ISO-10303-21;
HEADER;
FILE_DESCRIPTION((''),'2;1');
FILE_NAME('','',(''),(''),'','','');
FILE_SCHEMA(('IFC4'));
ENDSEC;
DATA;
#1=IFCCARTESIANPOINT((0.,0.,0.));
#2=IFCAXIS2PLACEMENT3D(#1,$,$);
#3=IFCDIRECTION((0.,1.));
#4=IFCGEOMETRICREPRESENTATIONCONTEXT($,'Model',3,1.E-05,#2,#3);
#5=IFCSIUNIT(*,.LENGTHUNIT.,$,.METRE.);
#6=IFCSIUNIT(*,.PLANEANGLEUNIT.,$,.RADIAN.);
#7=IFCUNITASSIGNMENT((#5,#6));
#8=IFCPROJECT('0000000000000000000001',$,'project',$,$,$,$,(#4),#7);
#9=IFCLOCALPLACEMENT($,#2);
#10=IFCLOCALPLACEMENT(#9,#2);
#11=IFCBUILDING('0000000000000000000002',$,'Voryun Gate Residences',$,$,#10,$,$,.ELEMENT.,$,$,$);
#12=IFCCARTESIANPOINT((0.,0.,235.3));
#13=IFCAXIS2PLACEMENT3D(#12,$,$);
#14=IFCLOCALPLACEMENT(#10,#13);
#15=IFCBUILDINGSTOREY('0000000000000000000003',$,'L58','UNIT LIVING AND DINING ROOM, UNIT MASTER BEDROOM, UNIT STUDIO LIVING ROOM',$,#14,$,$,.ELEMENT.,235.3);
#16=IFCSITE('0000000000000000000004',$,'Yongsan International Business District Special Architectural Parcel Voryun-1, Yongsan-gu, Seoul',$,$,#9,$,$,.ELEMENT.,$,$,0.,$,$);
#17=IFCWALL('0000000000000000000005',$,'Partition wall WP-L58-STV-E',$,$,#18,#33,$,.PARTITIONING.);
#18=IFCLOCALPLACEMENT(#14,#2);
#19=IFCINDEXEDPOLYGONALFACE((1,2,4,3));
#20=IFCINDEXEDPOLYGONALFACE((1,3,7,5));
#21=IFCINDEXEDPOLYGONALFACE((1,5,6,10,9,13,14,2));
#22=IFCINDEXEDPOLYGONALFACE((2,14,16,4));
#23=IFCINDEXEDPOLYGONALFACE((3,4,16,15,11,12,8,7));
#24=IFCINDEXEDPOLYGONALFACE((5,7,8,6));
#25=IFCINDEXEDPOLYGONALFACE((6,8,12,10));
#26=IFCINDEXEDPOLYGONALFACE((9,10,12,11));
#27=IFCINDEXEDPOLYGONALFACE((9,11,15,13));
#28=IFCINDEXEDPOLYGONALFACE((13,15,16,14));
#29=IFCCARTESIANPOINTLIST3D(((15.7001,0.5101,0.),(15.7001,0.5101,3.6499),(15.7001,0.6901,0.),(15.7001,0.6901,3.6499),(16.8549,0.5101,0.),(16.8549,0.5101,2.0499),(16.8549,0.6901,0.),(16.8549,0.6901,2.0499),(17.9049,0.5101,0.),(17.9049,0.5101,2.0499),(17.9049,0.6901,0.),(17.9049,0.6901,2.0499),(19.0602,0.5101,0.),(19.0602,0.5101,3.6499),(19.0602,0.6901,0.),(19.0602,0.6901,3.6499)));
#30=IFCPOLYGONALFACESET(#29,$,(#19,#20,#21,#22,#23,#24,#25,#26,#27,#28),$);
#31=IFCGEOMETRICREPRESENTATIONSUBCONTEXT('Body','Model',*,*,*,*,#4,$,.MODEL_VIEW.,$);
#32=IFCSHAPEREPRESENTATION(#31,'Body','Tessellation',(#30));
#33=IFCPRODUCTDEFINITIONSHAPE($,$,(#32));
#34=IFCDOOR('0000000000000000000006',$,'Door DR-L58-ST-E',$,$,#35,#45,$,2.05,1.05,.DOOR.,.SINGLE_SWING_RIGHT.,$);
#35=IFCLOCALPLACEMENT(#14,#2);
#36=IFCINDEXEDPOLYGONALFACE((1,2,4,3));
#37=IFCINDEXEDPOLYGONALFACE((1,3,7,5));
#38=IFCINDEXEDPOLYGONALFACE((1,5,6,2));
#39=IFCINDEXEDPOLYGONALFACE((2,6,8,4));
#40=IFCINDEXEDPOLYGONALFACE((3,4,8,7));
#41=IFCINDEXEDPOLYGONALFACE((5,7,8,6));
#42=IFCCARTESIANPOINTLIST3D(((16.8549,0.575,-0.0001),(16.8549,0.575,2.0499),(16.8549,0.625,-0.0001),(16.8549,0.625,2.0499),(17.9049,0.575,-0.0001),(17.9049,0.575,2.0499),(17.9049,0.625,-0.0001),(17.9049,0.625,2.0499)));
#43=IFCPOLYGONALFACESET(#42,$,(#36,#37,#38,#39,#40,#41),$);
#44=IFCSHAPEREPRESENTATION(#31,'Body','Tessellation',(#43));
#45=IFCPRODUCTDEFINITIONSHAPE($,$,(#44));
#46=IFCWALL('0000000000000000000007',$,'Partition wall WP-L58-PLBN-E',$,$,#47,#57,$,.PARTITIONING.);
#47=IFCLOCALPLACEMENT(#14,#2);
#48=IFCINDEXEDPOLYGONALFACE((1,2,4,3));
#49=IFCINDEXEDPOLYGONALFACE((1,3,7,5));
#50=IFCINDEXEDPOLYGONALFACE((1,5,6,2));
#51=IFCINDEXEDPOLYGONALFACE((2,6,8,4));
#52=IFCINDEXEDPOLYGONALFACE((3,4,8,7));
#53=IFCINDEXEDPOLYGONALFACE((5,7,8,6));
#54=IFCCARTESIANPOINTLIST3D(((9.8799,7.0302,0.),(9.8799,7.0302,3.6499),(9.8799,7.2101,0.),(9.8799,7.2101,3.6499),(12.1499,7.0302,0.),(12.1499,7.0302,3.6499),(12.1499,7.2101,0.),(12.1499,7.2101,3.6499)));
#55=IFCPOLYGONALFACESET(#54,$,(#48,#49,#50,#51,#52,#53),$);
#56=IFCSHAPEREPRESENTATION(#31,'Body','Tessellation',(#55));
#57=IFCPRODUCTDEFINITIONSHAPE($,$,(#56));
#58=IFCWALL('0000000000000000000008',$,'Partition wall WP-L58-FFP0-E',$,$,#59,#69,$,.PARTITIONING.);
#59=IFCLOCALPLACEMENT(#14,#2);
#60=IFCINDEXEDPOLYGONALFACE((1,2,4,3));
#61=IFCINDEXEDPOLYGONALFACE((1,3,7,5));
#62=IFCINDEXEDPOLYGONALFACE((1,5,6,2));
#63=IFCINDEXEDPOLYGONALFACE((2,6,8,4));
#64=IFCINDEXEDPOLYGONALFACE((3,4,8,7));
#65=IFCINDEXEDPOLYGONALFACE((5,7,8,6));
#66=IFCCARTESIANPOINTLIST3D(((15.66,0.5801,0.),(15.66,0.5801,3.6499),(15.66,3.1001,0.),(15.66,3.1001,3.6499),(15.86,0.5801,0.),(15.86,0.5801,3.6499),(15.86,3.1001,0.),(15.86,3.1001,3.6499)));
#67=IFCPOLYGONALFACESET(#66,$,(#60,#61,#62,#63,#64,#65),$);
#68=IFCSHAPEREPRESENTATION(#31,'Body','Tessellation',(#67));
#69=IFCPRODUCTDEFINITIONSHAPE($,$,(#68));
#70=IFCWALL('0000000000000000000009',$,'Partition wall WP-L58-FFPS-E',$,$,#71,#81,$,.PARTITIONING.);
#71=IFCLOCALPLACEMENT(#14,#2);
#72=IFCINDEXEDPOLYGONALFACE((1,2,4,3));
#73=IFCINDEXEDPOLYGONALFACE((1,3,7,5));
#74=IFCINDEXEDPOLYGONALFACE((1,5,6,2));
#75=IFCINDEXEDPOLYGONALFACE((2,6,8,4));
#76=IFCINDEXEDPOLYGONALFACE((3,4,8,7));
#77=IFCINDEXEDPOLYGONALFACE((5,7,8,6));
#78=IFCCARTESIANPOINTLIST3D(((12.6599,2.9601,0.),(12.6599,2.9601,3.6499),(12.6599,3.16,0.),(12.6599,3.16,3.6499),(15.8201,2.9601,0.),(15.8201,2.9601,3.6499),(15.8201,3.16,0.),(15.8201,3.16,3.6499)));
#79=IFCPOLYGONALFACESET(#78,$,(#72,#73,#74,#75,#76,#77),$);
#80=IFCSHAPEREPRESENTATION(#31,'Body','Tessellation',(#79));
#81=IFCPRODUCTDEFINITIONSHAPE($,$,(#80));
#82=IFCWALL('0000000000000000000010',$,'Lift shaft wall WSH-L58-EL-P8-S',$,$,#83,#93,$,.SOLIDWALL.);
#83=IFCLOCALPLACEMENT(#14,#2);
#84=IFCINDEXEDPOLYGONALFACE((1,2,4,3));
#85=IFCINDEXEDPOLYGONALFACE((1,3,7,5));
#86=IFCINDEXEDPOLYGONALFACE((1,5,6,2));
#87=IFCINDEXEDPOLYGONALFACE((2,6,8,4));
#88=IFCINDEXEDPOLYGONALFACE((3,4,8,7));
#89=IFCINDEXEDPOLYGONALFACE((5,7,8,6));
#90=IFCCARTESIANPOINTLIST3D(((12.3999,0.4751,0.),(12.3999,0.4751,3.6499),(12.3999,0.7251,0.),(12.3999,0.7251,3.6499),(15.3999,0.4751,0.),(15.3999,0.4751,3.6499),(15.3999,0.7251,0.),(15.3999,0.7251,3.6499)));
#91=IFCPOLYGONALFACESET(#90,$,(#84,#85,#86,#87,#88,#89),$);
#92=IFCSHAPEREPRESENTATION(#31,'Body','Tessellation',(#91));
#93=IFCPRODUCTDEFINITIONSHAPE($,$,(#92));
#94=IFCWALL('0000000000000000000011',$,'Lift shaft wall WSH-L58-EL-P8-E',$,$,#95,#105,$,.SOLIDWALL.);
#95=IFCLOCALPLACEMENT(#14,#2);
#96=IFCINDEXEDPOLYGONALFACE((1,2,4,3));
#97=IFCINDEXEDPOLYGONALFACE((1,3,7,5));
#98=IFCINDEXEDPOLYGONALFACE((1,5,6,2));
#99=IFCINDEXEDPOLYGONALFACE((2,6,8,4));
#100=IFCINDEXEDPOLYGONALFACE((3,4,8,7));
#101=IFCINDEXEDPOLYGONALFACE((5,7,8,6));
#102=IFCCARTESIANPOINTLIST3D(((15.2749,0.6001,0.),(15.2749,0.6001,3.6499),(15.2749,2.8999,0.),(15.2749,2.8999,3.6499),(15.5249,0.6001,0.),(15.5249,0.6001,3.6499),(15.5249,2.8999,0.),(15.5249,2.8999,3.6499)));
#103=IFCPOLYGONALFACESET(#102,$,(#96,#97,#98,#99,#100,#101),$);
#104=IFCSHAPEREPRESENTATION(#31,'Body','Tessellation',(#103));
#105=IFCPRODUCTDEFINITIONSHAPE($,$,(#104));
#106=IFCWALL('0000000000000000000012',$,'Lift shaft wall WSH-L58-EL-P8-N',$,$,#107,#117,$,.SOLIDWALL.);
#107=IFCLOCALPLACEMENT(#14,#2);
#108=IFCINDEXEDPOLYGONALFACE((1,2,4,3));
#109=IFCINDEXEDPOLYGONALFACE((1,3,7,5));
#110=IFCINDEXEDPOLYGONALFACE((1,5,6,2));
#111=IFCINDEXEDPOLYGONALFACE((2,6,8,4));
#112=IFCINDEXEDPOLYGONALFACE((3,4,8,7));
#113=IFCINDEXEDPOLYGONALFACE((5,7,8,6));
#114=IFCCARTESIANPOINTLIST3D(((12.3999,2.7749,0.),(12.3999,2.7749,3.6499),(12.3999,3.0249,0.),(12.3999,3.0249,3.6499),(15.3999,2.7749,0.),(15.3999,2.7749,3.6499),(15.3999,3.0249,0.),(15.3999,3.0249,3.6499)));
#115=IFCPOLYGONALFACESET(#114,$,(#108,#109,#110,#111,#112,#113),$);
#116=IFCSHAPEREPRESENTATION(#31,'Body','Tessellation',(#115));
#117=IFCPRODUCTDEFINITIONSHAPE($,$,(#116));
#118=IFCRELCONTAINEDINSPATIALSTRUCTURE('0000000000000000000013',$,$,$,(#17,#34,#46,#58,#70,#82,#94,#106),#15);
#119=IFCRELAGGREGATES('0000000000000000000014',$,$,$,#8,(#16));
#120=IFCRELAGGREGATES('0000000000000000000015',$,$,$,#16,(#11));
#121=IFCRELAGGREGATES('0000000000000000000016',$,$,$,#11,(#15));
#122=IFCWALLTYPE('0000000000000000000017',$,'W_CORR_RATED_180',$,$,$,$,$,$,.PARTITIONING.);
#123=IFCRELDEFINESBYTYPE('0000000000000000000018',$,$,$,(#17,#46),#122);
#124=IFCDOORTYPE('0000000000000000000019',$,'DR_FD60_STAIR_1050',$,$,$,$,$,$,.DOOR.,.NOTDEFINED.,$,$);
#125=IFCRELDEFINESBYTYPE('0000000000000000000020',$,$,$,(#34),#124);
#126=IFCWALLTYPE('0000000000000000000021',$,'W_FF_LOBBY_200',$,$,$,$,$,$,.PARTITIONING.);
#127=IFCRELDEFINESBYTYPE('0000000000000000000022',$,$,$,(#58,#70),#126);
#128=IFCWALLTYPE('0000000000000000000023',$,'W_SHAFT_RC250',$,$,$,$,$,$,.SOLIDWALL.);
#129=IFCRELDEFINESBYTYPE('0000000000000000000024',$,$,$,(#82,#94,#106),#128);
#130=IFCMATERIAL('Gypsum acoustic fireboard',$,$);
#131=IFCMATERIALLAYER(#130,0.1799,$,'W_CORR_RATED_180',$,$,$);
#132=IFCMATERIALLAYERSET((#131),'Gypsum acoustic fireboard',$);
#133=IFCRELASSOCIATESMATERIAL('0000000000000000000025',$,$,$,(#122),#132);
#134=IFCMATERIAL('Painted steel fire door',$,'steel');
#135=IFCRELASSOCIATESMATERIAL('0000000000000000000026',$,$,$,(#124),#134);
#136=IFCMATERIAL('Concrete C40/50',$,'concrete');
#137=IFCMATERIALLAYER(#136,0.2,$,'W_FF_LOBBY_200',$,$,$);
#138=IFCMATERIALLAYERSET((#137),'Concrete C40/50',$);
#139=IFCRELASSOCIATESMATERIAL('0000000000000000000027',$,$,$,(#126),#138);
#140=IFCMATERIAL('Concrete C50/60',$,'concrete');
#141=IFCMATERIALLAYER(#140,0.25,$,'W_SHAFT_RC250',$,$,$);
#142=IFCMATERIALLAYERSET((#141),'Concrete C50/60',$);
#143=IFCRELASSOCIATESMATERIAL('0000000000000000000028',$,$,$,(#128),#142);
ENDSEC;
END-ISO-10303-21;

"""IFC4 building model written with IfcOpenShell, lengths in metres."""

from ifc_helpers import new_model, si_unit, direction, frame, frame_2d, origin, place, context, subcontext, project, spatial, rectangle, extrude, material, layer, layer_set, type_object, element, fill, save


model = new_model("IFC4")

# Units and contexts
model_context = context("Model", 3, precision=1e-05, world=origin(), true_north=direction((0.0, 1.0)))
body_context = subcontext(model_context, "Body", "Model", "MODEL_VIEW")
ifc_project = project(units=[si_unit("LENGTHUNIT", "METRE"), si_unit("PLANEANGLEUNIT", "RADIAN")], contexts=[model_context])

# Site, building, storey
site_placement = place(None, origin())
site = spatial("IfcSite", under=ifc_project, at=site_placement, Name="Yongsan International Business District Special Architectural Parcel Voryun-1, Yongsan-gu, Seoul", CompositionType="ELEMENT", RefElevation=0.0)
building_placement = place(site_placement, origin())
building = spatial("IfcBuilding", under=site, at=building_placement, Name="Voryun Gate Residences", CompositionType="ELEMENT")
storey_placement = place(building_placement, frame((0.0, 0.0, 235.3)))
storey = spatial("IfcBuildingStorey", under=building, at=storey_placement, Name="L58", Description="UNIT LIVING AND DINING ROOM, UNIT MASTER BEDROOM, UNIT STUDIO LIVING ROOM", CompositionType="ELEMENT", Elevation=235.3)

# Wall, opening, door
ifc_material_1 = material(Name="Gypsum acoustic fireboard")
ifc_layer_1 = layer(ifc_material_1, 0.1799, Name="W_CORR_RATED_180")
ifc_layer_set_1 = layer_set([ifc_layer_1], Name="Gypsum acoustic fireboard")
wall_type_1 = type_object("IfcWallType", Name="W_CORR_RATED_180", PredefinedType="PARTITIONING", material=ifc_layer_set_1)
wall_1_placement = place(storey_placement, frame((15.7, 0.6001, 0.0), z_axis=(0.0, 0.0, 1.0), x_axis=(1.0, 0.0, 0.0)))
wall_1 = element("IfcWall", 1, at=wall_1_placement, inside=storey, type_object=wall_type_1, Name="Partition wall WP-L58-STV-E", PredefinedType="PARTITIONING", context=body_context, shape_type="SweptSolid", body=[
    extrude(rectangle(XDim=3.3601, YDim=0.1799, at=frame_2d((1.6802, 0.0))), origin(), (0.0, 0.0, 1.0), 3.6499),
])
opening_placement = place(wall_1_placement, frame((1.155, 0.0, 0.0)))
opening = element("IfcOpeningElement", 2, at=opening_placement, cuts=wall_1, PredefinedType="OPENING", context=body_context, shape_type="SweptSolid", body=[
    extrude(rectangle(XDim=1.05, YDim=2.05, at=frame_2d((0.5249, 1.0249))), frame((0.0, 0.0999, 0.0), z_axis=(0.0, -1.0, 0.0), x_axis=(1.0, 0.0, 0.0)), (0.0, 0.0, 1.0), 0.2),
])
ifc_material_2 = material(Name="Painted steel fire door", Category="steel")
door_type = type_object("IfcDoorType", Name="DR_FD60_STAIR_1050", OperationType="NOTDEFINED", PredefinedType="DOOR", material=ifc_material_2)
door_placement = place(opening_placement, origin())
door = element("IfcDoor", 3, at=door_placement, inside=storey, type_object=door_type, Name="Door DR-L58-ST-E", OperationType="SINGLE_SWING_RIGHT", OverallHeight=2.05, OverallWidth=1.05, PredefinedType="DOOR", context=body_context, shape_type="SweptSolid", body=[
    extrude(rectangle(XDim=1.05, YDim=2.05, at=frame_2d((0.5249, 1.0249))), frame((0.0, 0.0249, 0.0), z_axis=(0.0, -1.0, 0.0), x_axis=(1.0, 0.0, 0.0)), (0.0, 0.0, 1.0), 0.05),
])
fill(opening, door)

# Walls
wall_2_placement = place(storey_placement, frame((9.8799, 7.1201, 0.0), z_axis=(0.0, 0.0, 1.0), x_axis=(1.0, 0.0, 0.0)))
element("IfcWall", 4, at=wall_2_placement, inside=storey, type_object=wall_type_1, Name="Partition wall WP-L58-PLBN-E", PredefinedType="PARTITIONING", context=body_context, shape_type="SweptSolid", body=[
    extrude(rectangle(XDim=2.27, YDim=0.1799, at=frame_2d((1.135, 0.0))), origin(), (0.0, 0.0, 1.0), 3.6499),
])
ifc_material_3 = material(Name="Concrete C40/50", Category="concrete")
ifc_layer_2 = layer(ifc_material_3, 0.2, Name="W_FF_LOBBY_200")
ifc_layer_set_2 = layer_set([ifc_layer_2], Name="Concrete C40/50")
wall_type_2 = type_object("IfcWallType", Name="W_FF_LOBBY_200", PredefinedType="PARTITIONING", material=ifc_layer_set_2)
wall_3_placement = place(storey_placement, frame((15.76, 0.5801, 0.0), z_axis=(0.0, 0.0, 1.0), x_axis=(0.0, 1.0, 0.0)))
element("IfcWall", 5, at=wall_3_placement, inside=storey, type_object=wall_type_2, Name="Partition wall WP-L58-FFP0-E", PredefinedType="PARTITIONING", context=body_context, shape_type="SweptSolid", body=[
    extrude(rectangle(XDim=2.52, YDim=0.2, at=frame_2d((1.26, 0.0))), origin(), (0.0, 0.0, 1.0), 3.6499),
])
wall_4_placement = place(storey_placement, frame((12.6599, 3.0601, 0.0), z_axis=(0.0, 0.0, 1.0), x_axis=(1.0, 0.0, 0.0)))
element("IfcWall", 6, at=wall_4_placement, inside=storey, type_object=wall_type_2, Name="Partition wall WP-L58-FFPS-E", PredefinedType="PARTITIONING", context=body_context, shape_type="SweptSolid", body=[
    extrude(rectangle(XDim=3.1602, YDim=0.2, at=frame_2d((1.5801, 0.0))), origin(), (0.0, 0.0, 1.0), 3.6499),
])
ifc_material_4 = material(Name="Concrete C50/60", Category="concrete")
ifc_layer_3 = layer(ifc_material_4, 0.25, Name="W_SHAFT_RC250")
ifc_layer_set_3 = layer_set([ifc_layer_3], Name="Concrete C50/60")
wall_type_3 = type_object("IfcWallType", Name="W_SHAFT_RC250", PredefinedType="SOLIDWALL", material=ifc_layer_set_3)
wall_5_placement = place(storey_placement, frame((12.3999, 0.6001, 0.0), z_axis=(0.0, 0.0, 1.0), x_axis=(1.0, 0.0, 0.0)))
element("IfcWall", 7, at=wall_5_placement, inside=storey, type_object=wall_type_3, Name="Lift shaft wall WSH-L58-EL-P8-S", PredefinedType="SOLIDWALL", context=body_context, shape_type="SweptSolid", body=[
    extrude(rectangle(XDim=3.0, YDim=0.25, at=frame_2d((1.5, 0.0))), origin(), (0.0, 0.0, 1.0), 3.6499),
])
wall_6_placement = place(storey_placement, frame((15.3999, 0.6001, 0.0), z_axis=(0.0, 0.0, 1.0), x_axis=(0.0, 1.0, 0.0)))
element("IfcWall", 8, at=wall_6_placement, inside=storey, type_object=wall_type_3, Name="Lift shaft wall WSH-L58-EL-P8-E", PredefinedType="SOLIDWALL", context=body_context, shape_type="SweptSolid", body=[
    extrude(rectangle(XDim=2.2998, YDim=0.25, at=frame_2d((1.1499, 0.0))), origin(), (0.0, 0.0, 1.0), 3.6499),
])
wall_7_placement = place(storey_placement, frame((15.3999, 2.8999, 0.0), z_axis=(0.0, 0.0, 1.0), x_axis=(-1.0, 0.0, 0.0)))
element("IfcWall", 9, at=wall_7_placement, inside=storey, type_object=wall_type_3, Name="Lift shaft wall WSH-L58-EL-P8-N", PredefinedType="SOLIDWALL", context=body_context, shape_type="SweptSolid", body=[
    extrude(rectangle(XDim=3.0, YDim=0.25, at=frame_2d((1.5, 0.0))), origin(), (0.0, 0.0, 1.0), 3.6499),
])

save(model, "model.ifc")
